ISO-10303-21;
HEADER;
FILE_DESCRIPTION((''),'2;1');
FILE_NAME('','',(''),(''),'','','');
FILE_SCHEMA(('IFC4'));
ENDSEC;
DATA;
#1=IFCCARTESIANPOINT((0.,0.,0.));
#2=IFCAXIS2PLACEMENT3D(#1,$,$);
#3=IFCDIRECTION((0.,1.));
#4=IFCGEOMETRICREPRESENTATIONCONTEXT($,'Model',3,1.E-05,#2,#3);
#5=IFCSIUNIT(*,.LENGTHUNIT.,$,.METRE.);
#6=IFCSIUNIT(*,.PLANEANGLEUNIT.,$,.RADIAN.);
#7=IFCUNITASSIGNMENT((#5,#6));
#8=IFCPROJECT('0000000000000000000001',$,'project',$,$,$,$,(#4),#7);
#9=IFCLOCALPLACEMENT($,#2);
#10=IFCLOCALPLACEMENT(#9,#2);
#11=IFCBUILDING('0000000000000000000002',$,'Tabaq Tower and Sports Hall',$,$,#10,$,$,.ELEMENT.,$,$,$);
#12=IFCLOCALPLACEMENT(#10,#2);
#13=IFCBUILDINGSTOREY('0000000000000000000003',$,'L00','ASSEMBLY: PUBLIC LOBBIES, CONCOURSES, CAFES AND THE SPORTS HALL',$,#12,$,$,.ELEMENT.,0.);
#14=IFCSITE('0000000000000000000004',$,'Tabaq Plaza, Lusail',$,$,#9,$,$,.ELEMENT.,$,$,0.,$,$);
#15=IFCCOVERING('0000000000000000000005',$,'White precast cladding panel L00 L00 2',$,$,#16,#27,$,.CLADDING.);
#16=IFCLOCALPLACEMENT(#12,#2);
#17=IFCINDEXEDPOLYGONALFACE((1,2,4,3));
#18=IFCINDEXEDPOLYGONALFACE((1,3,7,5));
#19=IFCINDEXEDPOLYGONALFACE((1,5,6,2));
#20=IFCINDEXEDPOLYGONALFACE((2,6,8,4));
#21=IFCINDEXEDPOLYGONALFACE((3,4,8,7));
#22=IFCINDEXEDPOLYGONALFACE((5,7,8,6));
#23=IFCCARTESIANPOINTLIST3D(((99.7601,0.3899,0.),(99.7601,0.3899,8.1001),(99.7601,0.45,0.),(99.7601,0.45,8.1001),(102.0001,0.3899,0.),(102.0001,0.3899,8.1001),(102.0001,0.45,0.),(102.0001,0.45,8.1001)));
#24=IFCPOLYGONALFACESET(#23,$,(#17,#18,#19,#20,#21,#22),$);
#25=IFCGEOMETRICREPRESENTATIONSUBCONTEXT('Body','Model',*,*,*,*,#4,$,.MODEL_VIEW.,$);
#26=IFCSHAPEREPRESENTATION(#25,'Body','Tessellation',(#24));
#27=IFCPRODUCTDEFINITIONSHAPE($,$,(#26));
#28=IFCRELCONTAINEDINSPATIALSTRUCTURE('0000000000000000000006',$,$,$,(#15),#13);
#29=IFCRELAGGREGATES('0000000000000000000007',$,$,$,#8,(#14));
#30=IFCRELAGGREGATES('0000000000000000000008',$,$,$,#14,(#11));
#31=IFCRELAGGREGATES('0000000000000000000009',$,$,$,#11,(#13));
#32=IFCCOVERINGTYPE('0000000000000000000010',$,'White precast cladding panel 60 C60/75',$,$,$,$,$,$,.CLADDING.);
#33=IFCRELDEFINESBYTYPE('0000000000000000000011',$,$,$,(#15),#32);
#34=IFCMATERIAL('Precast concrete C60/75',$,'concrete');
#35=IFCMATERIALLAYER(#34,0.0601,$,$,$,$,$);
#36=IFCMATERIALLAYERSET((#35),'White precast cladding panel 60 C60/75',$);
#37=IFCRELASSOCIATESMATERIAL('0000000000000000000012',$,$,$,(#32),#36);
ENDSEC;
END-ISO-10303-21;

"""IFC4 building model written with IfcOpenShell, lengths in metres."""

from ifc_helpers import new_model, si_unit, direction, frame, frame_2d, origin, place, context, subcontext, project, spatial, rectangle, extrude, material, layer, layer_set, type_object, element, save


model = new_model("IFC4")

# Units and contexts
model_context = context("Model", 3, precision=1e-05, world=origin(), true_north=direction((0.0, 1.0)))
body_context = subcontext(model_context, "Body", "Model", "MODEL_VIEW")
ifc_project = project(units=[si_unit("LENGTHUNIT", "METRE"), si_unit("PLANEANGLEUNIT", "RADIAN")], contexts=[model_context])

# Site, building, storey
site_placement = place(None, origin())
site = spatial("IfcSite", under=ifc_project, at=site_placement, Name="Tabaq Plaza, Lusail", CompositionType="ELEMENT", RefElevation=0.0)
building_placement = place(site_placement, origin())
building = spatial("IfcBuilding", under=site, at=building_placement, Name="Tabaq Tower and Sports Hall", CompositionType="ELEMENT")
storey_placement = place(building_placement, origin())
storey = spatial("IfcBuildingStorey", under=building, at=storey_placement, Name="L00", Description="ASSEMBLY: PUBLIC LOBBIES, CONCOURSES, CAFES AND THE SPORTS HALL", CompositionType="ELEMENT", Elevation=0.0)

# Covering
ifc_material_1 = material(Name="Precast concrete C60/75", Category="concrete")
ifc_layer_1 = layer(ifc_material_1, 0.0601)
ifc_layer_set_1 = layer_set([ifc_layer_1], Name="White precast cladding panel 60 C60/75")
covering_type = type_object("IfcCoveringType", Name="White precast cladding panel 60 C60/75", PredefinedType="CLADDING", material=ifc_layer_set_1)
covering_1_placement = place(storey_placement, frame((99.76, 0.4199, 0.0), z_axis=(0.0, 0.0, 1.0), x_axis=(1.0, 0.0, 0.0)))
element("IfcCovering", 1, at=covering_1_placement, inside=storey, type_object=covering_type, Name="White precast cladding panel L00 L00 2", PredefinedType="CLADDING", context=body_context, shape_type="SweptSolid", body=[
    extrude(rectangle(XDim=2.24, YDim=0.0601, at=frame_2d((1.1201, 0.0))), origin(), (0.0, 0.0, 1.0), 8.1001),
])

save(model, "model.ifc")
